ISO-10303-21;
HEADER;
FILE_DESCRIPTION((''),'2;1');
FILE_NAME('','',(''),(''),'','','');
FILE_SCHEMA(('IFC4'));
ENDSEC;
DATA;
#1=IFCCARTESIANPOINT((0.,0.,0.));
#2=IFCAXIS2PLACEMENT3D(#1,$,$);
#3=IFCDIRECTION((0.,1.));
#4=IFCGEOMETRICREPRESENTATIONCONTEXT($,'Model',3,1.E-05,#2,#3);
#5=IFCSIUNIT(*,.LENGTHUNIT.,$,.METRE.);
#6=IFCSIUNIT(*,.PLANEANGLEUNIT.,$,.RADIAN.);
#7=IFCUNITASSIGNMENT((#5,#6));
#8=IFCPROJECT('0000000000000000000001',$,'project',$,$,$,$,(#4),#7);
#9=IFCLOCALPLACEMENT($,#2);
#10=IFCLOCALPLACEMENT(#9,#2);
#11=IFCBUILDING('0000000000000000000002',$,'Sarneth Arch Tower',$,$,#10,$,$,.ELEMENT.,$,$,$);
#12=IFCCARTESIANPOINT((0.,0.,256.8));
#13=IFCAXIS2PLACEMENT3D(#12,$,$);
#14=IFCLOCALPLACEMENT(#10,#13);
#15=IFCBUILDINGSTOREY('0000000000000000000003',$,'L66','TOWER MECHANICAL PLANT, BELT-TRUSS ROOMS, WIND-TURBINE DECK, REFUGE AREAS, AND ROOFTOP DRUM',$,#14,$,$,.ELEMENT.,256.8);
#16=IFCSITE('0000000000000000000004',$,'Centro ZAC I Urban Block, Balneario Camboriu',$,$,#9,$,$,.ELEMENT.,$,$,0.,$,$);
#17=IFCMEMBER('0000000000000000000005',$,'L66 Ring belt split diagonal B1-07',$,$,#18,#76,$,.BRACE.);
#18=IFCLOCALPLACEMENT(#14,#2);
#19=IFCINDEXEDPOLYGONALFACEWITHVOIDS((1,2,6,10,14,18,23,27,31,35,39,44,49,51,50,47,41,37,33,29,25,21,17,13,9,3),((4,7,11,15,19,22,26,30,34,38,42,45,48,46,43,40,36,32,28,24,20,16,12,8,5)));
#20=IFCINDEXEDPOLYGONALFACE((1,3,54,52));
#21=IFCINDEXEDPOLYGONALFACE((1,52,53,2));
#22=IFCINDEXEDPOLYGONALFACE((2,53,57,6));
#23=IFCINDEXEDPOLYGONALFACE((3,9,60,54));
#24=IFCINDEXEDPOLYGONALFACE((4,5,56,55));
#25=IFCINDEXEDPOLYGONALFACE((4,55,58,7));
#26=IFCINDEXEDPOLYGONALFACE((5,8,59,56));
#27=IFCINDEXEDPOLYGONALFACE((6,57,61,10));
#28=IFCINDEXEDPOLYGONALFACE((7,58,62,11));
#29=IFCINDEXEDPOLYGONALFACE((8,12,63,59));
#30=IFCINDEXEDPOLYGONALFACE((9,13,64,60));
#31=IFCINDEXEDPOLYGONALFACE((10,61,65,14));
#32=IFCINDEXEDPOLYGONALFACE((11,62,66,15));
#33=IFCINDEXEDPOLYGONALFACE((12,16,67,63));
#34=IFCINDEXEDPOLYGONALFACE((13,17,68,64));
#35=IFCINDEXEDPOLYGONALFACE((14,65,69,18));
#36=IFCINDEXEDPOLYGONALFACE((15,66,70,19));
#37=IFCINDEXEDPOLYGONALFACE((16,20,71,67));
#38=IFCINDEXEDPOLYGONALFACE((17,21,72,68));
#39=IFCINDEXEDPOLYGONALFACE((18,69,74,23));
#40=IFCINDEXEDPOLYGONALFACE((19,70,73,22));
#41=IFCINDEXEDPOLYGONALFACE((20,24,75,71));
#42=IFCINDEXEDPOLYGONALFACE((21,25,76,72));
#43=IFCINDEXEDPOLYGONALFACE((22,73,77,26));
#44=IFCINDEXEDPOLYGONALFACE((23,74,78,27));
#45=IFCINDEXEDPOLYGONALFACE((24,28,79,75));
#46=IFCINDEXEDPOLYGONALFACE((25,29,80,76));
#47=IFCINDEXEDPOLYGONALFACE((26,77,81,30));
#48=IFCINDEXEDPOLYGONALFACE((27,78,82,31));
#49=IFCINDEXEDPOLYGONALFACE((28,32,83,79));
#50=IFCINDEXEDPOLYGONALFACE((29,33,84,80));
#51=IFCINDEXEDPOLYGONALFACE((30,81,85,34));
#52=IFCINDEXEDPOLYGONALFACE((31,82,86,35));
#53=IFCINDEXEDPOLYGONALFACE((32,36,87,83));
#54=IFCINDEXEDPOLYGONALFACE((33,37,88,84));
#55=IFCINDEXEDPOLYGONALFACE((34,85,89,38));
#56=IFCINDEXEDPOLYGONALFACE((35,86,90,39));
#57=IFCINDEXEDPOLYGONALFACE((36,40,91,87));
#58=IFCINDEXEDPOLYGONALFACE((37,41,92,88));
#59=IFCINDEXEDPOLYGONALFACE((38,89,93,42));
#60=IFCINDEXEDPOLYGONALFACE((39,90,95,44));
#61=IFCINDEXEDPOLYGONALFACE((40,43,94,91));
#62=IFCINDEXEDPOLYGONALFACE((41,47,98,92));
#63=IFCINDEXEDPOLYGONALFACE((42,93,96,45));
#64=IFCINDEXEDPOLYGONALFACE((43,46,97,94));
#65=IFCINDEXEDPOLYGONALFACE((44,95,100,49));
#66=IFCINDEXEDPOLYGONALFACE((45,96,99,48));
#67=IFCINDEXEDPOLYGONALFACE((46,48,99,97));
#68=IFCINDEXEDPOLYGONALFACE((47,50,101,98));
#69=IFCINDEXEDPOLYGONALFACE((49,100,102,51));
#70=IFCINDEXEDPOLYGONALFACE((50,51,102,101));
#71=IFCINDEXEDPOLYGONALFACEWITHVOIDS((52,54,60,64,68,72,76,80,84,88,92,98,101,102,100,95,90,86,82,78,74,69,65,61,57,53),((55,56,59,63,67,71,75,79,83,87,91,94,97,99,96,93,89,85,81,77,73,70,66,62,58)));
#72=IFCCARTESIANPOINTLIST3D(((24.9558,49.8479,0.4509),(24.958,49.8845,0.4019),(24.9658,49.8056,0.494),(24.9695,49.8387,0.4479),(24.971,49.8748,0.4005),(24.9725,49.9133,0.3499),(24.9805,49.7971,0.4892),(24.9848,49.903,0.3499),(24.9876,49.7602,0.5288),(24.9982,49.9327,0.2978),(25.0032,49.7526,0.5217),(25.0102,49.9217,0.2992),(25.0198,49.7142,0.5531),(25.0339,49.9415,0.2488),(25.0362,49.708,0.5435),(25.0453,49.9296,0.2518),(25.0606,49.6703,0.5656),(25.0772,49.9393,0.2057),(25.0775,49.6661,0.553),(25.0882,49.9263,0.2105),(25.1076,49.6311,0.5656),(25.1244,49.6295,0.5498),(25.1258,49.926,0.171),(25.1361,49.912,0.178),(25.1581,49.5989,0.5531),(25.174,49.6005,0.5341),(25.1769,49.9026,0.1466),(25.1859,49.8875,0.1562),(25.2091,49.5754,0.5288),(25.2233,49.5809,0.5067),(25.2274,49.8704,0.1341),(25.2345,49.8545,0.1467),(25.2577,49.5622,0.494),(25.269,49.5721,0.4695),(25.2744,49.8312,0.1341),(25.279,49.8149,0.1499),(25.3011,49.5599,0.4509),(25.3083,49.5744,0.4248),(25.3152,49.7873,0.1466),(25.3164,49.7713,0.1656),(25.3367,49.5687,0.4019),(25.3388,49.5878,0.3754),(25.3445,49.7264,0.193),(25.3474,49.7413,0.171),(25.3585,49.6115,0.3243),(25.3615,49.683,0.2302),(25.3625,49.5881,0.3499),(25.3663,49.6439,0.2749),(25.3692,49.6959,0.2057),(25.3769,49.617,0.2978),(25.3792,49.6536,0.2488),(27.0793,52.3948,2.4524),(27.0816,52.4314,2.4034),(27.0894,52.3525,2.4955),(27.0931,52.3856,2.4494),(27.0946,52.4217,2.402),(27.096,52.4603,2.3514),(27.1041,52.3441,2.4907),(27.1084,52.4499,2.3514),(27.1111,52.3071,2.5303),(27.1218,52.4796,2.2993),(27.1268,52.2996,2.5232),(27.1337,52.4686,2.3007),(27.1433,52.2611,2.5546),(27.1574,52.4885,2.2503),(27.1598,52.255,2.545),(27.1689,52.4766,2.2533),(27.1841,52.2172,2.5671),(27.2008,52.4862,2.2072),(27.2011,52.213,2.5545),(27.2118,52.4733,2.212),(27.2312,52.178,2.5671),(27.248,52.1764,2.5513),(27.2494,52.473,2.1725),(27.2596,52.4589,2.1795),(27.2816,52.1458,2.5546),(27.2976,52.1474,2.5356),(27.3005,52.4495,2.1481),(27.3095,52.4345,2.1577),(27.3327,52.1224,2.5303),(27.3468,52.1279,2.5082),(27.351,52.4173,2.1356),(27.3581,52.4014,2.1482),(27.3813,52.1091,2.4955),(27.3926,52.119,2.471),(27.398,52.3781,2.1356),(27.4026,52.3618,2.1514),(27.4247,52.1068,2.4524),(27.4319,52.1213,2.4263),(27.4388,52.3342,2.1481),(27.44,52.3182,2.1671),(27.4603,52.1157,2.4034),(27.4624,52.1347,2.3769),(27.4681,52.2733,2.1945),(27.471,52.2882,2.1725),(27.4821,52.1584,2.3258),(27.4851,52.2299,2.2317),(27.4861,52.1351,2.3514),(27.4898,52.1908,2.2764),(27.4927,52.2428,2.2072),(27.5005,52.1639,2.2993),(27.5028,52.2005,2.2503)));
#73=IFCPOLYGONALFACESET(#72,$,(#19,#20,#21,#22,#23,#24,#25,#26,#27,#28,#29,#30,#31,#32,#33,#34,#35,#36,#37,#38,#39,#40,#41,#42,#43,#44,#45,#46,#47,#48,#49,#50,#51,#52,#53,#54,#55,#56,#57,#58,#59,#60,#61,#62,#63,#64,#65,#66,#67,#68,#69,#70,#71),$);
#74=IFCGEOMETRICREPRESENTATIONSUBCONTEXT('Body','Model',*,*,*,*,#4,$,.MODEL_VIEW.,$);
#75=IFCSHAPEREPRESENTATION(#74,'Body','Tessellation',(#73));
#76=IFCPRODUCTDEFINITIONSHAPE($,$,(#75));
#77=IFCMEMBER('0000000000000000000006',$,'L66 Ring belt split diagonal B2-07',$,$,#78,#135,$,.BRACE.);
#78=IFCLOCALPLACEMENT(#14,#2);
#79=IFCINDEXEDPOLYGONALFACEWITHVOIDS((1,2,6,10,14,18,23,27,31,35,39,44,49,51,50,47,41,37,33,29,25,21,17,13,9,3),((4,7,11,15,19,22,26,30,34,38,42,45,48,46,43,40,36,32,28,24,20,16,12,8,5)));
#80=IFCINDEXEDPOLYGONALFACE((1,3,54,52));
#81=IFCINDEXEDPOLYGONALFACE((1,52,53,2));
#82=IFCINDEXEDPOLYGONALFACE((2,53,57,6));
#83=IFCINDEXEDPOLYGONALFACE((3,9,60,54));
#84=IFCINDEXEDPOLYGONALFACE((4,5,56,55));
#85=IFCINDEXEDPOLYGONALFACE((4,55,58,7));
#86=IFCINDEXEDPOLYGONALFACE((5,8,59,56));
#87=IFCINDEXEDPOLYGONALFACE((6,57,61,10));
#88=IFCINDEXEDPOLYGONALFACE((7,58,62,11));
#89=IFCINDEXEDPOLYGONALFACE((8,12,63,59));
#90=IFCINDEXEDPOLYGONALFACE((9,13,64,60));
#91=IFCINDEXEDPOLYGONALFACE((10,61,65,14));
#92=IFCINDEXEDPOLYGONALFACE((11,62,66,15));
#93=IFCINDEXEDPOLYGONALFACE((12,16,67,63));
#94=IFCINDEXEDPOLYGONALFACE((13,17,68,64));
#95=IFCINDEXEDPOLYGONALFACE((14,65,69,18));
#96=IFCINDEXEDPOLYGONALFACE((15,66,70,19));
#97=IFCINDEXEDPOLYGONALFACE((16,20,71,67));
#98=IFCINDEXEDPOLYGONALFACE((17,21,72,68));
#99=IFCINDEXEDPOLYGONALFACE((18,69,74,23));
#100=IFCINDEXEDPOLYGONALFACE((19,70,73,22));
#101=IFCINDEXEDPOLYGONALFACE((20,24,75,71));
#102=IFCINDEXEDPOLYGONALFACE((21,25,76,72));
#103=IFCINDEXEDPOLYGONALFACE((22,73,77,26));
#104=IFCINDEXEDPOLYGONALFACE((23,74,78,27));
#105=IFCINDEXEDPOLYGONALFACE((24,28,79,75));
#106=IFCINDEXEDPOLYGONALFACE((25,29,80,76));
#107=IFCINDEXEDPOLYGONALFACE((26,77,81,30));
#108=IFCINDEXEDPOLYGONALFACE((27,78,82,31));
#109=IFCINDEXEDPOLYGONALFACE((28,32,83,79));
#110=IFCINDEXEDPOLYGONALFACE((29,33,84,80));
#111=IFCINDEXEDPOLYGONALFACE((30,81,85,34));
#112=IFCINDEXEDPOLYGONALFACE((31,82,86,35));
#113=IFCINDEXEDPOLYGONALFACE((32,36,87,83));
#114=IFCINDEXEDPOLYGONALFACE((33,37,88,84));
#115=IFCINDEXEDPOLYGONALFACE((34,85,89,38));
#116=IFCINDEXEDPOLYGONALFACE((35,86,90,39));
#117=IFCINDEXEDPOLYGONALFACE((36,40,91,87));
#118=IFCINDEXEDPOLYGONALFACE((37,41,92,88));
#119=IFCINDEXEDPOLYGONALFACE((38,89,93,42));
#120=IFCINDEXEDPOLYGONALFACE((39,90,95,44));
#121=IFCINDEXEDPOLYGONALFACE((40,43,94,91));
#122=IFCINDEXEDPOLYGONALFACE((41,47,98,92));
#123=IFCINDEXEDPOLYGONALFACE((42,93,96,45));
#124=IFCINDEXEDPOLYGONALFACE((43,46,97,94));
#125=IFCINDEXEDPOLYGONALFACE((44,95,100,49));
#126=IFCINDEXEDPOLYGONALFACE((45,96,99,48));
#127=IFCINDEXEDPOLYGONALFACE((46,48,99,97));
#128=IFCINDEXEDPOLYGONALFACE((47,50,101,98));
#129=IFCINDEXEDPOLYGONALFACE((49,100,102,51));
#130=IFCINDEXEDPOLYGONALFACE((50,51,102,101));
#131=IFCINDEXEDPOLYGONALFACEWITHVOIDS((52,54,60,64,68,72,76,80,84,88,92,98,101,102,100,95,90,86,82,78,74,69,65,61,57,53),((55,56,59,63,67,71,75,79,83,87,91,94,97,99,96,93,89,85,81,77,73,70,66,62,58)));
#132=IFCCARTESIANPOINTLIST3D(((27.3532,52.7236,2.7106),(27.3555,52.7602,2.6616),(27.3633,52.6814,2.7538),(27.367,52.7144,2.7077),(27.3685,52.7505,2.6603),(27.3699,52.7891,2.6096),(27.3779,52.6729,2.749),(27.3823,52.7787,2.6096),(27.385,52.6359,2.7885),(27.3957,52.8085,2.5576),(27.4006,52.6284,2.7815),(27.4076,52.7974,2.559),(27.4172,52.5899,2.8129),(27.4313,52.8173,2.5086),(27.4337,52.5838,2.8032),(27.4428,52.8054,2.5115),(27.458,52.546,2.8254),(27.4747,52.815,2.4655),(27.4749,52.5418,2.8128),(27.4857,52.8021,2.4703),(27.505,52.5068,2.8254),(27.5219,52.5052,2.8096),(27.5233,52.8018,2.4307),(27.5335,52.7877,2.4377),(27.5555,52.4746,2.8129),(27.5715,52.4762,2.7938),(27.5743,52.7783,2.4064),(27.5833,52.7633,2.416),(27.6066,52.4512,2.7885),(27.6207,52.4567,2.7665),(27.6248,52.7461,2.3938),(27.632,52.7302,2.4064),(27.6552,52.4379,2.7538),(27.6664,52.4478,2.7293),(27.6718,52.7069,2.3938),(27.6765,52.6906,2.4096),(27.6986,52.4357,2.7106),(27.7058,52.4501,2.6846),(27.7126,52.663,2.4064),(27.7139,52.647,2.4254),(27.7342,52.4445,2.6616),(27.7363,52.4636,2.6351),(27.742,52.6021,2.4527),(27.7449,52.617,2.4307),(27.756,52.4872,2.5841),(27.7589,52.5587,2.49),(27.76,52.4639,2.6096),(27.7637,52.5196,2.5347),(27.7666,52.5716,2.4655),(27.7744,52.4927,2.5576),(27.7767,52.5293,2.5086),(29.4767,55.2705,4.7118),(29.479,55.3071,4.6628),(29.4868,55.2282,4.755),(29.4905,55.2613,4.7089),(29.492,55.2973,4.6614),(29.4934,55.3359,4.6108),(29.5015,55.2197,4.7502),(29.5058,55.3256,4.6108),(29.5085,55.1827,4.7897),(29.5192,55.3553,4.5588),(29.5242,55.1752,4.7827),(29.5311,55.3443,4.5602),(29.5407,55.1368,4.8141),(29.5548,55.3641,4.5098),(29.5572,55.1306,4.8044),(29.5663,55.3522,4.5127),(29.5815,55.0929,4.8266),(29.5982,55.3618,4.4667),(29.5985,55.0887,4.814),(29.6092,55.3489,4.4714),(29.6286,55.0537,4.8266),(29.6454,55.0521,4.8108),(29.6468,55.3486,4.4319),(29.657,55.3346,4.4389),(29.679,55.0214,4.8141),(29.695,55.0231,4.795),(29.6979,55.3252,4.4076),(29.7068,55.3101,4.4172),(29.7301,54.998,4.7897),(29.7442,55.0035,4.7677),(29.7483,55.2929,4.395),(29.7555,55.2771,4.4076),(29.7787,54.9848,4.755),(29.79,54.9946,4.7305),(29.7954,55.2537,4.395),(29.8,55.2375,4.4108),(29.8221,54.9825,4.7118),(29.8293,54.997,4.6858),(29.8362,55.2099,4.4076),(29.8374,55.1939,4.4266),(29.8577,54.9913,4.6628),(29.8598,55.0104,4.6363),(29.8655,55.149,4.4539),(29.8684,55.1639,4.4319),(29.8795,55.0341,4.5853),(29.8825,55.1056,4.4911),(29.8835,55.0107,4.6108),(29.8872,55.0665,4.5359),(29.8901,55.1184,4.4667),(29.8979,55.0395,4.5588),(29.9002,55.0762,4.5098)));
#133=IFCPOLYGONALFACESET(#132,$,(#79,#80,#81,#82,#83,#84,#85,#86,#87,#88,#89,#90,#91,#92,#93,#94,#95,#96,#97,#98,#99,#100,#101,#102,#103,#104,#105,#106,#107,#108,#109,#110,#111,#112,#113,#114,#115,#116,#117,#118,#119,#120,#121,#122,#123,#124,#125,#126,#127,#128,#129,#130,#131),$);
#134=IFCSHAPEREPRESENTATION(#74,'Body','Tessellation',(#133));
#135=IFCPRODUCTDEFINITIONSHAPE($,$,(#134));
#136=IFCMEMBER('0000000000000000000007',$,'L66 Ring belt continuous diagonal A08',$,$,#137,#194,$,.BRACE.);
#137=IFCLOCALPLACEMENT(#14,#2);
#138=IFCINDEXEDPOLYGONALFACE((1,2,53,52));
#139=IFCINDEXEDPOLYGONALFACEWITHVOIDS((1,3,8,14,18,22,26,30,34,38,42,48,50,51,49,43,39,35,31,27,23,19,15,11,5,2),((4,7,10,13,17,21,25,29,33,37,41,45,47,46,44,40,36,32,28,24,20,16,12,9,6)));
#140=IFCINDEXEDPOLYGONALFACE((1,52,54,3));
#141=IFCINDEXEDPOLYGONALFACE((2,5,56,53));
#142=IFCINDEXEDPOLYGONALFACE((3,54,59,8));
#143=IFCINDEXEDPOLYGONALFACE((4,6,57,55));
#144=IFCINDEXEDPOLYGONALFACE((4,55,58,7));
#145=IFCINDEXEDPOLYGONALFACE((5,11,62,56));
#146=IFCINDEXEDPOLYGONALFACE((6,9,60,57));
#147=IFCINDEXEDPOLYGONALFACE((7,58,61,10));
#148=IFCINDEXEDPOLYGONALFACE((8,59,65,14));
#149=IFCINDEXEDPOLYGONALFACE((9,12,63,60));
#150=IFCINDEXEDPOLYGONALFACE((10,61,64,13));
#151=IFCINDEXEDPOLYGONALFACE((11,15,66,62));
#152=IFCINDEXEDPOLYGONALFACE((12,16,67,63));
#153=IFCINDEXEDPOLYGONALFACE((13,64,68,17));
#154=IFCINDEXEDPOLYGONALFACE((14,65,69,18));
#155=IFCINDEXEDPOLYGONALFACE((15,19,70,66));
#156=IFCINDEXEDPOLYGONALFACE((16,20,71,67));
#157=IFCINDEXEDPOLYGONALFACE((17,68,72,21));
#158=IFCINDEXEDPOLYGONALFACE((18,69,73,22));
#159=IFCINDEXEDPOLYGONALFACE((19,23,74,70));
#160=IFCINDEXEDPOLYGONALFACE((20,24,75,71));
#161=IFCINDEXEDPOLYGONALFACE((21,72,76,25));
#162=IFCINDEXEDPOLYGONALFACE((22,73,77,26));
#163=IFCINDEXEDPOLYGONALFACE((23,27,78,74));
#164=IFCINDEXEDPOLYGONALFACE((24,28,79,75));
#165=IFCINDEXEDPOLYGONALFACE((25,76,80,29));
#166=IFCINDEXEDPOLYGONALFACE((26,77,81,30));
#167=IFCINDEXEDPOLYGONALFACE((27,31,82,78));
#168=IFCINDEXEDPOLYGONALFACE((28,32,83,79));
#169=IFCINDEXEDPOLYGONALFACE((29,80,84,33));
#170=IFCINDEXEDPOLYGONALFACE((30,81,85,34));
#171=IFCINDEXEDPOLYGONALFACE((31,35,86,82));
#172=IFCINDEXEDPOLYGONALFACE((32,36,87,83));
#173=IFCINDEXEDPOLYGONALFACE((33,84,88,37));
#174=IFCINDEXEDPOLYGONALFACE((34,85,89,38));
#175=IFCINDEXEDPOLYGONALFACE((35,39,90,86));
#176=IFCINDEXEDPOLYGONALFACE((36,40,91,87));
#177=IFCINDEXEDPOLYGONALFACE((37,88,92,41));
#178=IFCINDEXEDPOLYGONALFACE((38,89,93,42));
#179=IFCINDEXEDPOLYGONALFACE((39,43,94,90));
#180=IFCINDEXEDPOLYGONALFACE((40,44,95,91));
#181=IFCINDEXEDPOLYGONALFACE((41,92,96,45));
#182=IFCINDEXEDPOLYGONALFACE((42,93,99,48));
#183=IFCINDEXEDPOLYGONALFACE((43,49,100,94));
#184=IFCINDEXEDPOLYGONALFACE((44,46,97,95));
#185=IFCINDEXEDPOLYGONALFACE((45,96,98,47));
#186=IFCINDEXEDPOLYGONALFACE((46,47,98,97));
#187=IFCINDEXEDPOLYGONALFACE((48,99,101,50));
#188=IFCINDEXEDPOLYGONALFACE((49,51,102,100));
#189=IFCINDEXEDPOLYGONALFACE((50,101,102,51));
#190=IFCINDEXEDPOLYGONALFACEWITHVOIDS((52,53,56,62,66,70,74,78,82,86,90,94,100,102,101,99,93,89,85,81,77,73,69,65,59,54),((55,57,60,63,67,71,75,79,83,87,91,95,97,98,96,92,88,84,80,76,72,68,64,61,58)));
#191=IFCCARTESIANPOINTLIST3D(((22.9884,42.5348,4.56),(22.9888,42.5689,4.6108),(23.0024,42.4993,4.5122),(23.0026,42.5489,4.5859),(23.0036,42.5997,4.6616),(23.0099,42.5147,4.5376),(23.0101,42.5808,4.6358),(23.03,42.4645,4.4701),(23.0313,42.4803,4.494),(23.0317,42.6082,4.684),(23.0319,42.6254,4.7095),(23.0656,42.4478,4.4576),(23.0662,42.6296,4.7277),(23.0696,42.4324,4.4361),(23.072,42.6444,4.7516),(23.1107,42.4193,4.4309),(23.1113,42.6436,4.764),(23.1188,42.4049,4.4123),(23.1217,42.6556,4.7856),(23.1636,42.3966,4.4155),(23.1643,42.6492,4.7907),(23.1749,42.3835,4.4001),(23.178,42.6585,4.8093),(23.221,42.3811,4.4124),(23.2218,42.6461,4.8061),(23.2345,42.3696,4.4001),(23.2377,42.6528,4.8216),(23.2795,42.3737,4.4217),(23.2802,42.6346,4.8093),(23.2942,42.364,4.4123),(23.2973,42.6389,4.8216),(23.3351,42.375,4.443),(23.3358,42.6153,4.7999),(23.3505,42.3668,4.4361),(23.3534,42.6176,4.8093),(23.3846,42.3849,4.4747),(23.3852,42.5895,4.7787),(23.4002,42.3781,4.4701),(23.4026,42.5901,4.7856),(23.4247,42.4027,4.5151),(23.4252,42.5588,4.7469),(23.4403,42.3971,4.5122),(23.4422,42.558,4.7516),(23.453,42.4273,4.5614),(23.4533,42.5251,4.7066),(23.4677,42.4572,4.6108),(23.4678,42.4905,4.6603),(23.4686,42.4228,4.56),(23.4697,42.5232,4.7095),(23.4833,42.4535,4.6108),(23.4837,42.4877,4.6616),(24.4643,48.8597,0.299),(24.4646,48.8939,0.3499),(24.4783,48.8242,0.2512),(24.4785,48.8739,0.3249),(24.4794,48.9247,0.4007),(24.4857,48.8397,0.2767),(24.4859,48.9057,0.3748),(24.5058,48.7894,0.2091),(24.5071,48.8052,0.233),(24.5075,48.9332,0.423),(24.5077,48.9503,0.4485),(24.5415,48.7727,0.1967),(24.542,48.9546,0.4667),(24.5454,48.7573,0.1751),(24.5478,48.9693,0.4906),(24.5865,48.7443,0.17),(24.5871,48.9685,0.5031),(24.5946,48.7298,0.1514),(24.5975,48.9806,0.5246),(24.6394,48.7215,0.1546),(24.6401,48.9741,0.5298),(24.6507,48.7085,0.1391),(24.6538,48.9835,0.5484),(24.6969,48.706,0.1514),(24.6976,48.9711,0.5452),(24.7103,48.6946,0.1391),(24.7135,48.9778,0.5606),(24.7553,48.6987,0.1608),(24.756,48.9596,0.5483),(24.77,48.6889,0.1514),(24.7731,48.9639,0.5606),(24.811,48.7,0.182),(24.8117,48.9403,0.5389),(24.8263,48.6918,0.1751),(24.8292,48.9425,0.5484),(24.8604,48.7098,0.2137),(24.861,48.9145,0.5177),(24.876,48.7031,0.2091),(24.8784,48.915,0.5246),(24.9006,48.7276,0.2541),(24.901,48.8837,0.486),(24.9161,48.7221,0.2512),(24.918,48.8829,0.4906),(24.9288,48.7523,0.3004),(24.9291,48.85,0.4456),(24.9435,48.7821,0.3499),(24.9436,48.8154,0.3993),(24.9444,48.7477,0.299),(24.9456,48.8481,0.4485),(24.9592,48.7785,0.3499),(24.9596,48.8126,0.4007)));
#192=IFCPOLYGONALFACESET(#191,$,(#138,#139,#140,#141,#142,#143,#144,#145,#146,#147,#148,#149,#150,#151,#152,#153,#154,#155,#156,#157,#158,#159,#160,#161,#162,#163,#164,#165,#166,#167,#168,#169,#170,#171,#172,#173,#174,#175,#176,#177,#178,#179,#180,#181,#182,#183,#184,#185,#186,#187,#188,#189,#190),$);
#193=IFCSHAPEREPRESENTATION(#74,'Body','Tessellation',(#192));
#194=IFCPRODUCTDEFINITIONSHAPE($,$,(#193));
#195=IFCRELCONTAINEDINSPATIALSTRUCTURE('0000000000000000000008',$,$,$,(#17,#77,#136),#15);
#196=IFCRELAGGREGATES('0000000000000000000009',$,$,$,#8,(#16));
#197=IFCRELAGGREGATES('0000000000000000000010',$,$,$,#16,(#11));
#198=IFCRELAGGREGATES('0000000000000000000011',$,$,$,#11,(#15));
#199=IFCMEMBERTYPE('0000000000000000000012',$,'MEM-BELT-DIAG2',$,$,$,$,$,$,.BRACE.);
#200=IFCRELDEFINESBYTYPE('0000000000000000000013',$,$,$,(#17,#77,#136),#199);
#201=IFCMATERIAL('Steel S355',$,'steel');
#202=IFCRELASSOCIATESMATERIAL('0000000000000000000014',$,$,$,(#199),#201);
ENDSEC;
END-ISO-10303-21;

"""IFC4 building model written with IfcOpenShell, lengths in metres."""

from ifc_helpers import new_model, si_unit, direction, frame, origin, origin_2d, place, context, subcontext, project, spatial, hollow_circle, extrude, material, material_profile, profile_set, type_object, element, save


model = new_model("IFC4")

# Units and contexts
model_context = context("Model", 3, precision=1e-05, world=origin(), true_north=direction((0.0, 1.0)))
body_context = subcontext(model_context, "Body", "Model", "MODEL_VIEW")
ifc_project = project(units=[si_unit("LENGTHUNIT", "METRE"), si_unit("PLANEANGLEUNIT", "RADIAN")], contexts=[model_context])

# Site, building, storey
site_placement = place(None, origin())
site = spatial("IfcSite", under=ifc_project, at=site_placement, Name="Centro ZAC I Urban Block, Balneario Camboriu", CompositionType="ELEMENT", RefElevation=0.0)
building_placement = place(site_placement, origin())
building = spatial("IfcBuilding", under=site, at=building_placement, Name="Sarneth Arch Tower", CompositionType="ELEMENT")
storey_placement = place(building_placement, frame((0.0, 0.0, 256.8)))
storey = spatial("IfcBuildingStorey", under=building, at=storey_placement, Name="L66", Description="TOWER MECHANICAL PLANT, BELT-TRUSS ROOMS, WIND-TURBINE DECK, REFUGE AREAS, AND ROOFTOP DRUM", CompositionType="ELEMENT", Elevation=256.8)

# Members
ifc_material_1 = material(Name="Steel S355", Category="steel")
ifc_material_profile_1 = material_profile(ifc_material_1, hollow_circle(Radius=0.2539, WallThickness=0.0161, at=origin_2d()), Name="CHS508x16")
ifc_profile_set_1 = profile_set([ifc_material_profile_1], Name="Steel S355")
member_type_1 = type_object("IfcMemberType", Name="MEM-BELT-DIAG2", PredefinedType="BRACE", material=ifc_profile_set_1)
member_1_placement = place(storey_placement, frame((25.1675, 49.7507, 0.3499), z_axis=(0.548261, 0.65756, 0.516744), x_axis=(-0.768052, 0.640387, 0.0)))
element("IfcMember", 1, at=member_1_placement, inside=storey, type_object=member_type_1, Name="L66 Ring belt split diagonal B1-07", PredefinedType="BRACE", context=body_context, shape_type="SweptSolid", body=[
    extrude(hollow_circle(Radius=0.2539, WallThickness=0.0161, at=origin_2d()), origin(), (0.0, 0.0, 1.0), 3.8733),
])
member_2_placement = place(storey_placement, frame((27.5649, 52.6265, 2.6096), z_axis=(0.548279, 0.657581, 0.516698), x_axis=(-0.768052, 0.640387, 0.0)))
element("IfcMember", 2, at=member_2_placement, inside=storey, type_object=member_type_1, Name="L66 Ring belt split diagonal B2-07", PredefinedType="BRACE", context=body_context, shape_type="SweptSolid", body=[
    extrude(hollow_circle(Radius=0.2539, WallThickness=0.0161, at=origin_2d()), origin(), (0.0, 0.0, 1.0), 3.873),
])
member_3_placement = place(storey_placement, frame((24.7119, 48.8362, 0.3499), z_axis=(-0.189993, -0.81425, 0.548543), x_axis=(0.973841, -0.227231, 0.0)))
element("IfcMember", 3, at=member_3_placement, inside=storey, type_object=member_type_1, Name="L66 Ring belt continuous diagonal A08", PredefinedType="BRACE", context=body_context, shape_type="SweptSolid", body=[
    extrude(hollow_circle(Radius=0.2539, WallThickness=0.0161, at=origin_2d()), origin(), (0.0, 0.0, 1.0), 7.7678),
])

save(model, "model.ifc")
